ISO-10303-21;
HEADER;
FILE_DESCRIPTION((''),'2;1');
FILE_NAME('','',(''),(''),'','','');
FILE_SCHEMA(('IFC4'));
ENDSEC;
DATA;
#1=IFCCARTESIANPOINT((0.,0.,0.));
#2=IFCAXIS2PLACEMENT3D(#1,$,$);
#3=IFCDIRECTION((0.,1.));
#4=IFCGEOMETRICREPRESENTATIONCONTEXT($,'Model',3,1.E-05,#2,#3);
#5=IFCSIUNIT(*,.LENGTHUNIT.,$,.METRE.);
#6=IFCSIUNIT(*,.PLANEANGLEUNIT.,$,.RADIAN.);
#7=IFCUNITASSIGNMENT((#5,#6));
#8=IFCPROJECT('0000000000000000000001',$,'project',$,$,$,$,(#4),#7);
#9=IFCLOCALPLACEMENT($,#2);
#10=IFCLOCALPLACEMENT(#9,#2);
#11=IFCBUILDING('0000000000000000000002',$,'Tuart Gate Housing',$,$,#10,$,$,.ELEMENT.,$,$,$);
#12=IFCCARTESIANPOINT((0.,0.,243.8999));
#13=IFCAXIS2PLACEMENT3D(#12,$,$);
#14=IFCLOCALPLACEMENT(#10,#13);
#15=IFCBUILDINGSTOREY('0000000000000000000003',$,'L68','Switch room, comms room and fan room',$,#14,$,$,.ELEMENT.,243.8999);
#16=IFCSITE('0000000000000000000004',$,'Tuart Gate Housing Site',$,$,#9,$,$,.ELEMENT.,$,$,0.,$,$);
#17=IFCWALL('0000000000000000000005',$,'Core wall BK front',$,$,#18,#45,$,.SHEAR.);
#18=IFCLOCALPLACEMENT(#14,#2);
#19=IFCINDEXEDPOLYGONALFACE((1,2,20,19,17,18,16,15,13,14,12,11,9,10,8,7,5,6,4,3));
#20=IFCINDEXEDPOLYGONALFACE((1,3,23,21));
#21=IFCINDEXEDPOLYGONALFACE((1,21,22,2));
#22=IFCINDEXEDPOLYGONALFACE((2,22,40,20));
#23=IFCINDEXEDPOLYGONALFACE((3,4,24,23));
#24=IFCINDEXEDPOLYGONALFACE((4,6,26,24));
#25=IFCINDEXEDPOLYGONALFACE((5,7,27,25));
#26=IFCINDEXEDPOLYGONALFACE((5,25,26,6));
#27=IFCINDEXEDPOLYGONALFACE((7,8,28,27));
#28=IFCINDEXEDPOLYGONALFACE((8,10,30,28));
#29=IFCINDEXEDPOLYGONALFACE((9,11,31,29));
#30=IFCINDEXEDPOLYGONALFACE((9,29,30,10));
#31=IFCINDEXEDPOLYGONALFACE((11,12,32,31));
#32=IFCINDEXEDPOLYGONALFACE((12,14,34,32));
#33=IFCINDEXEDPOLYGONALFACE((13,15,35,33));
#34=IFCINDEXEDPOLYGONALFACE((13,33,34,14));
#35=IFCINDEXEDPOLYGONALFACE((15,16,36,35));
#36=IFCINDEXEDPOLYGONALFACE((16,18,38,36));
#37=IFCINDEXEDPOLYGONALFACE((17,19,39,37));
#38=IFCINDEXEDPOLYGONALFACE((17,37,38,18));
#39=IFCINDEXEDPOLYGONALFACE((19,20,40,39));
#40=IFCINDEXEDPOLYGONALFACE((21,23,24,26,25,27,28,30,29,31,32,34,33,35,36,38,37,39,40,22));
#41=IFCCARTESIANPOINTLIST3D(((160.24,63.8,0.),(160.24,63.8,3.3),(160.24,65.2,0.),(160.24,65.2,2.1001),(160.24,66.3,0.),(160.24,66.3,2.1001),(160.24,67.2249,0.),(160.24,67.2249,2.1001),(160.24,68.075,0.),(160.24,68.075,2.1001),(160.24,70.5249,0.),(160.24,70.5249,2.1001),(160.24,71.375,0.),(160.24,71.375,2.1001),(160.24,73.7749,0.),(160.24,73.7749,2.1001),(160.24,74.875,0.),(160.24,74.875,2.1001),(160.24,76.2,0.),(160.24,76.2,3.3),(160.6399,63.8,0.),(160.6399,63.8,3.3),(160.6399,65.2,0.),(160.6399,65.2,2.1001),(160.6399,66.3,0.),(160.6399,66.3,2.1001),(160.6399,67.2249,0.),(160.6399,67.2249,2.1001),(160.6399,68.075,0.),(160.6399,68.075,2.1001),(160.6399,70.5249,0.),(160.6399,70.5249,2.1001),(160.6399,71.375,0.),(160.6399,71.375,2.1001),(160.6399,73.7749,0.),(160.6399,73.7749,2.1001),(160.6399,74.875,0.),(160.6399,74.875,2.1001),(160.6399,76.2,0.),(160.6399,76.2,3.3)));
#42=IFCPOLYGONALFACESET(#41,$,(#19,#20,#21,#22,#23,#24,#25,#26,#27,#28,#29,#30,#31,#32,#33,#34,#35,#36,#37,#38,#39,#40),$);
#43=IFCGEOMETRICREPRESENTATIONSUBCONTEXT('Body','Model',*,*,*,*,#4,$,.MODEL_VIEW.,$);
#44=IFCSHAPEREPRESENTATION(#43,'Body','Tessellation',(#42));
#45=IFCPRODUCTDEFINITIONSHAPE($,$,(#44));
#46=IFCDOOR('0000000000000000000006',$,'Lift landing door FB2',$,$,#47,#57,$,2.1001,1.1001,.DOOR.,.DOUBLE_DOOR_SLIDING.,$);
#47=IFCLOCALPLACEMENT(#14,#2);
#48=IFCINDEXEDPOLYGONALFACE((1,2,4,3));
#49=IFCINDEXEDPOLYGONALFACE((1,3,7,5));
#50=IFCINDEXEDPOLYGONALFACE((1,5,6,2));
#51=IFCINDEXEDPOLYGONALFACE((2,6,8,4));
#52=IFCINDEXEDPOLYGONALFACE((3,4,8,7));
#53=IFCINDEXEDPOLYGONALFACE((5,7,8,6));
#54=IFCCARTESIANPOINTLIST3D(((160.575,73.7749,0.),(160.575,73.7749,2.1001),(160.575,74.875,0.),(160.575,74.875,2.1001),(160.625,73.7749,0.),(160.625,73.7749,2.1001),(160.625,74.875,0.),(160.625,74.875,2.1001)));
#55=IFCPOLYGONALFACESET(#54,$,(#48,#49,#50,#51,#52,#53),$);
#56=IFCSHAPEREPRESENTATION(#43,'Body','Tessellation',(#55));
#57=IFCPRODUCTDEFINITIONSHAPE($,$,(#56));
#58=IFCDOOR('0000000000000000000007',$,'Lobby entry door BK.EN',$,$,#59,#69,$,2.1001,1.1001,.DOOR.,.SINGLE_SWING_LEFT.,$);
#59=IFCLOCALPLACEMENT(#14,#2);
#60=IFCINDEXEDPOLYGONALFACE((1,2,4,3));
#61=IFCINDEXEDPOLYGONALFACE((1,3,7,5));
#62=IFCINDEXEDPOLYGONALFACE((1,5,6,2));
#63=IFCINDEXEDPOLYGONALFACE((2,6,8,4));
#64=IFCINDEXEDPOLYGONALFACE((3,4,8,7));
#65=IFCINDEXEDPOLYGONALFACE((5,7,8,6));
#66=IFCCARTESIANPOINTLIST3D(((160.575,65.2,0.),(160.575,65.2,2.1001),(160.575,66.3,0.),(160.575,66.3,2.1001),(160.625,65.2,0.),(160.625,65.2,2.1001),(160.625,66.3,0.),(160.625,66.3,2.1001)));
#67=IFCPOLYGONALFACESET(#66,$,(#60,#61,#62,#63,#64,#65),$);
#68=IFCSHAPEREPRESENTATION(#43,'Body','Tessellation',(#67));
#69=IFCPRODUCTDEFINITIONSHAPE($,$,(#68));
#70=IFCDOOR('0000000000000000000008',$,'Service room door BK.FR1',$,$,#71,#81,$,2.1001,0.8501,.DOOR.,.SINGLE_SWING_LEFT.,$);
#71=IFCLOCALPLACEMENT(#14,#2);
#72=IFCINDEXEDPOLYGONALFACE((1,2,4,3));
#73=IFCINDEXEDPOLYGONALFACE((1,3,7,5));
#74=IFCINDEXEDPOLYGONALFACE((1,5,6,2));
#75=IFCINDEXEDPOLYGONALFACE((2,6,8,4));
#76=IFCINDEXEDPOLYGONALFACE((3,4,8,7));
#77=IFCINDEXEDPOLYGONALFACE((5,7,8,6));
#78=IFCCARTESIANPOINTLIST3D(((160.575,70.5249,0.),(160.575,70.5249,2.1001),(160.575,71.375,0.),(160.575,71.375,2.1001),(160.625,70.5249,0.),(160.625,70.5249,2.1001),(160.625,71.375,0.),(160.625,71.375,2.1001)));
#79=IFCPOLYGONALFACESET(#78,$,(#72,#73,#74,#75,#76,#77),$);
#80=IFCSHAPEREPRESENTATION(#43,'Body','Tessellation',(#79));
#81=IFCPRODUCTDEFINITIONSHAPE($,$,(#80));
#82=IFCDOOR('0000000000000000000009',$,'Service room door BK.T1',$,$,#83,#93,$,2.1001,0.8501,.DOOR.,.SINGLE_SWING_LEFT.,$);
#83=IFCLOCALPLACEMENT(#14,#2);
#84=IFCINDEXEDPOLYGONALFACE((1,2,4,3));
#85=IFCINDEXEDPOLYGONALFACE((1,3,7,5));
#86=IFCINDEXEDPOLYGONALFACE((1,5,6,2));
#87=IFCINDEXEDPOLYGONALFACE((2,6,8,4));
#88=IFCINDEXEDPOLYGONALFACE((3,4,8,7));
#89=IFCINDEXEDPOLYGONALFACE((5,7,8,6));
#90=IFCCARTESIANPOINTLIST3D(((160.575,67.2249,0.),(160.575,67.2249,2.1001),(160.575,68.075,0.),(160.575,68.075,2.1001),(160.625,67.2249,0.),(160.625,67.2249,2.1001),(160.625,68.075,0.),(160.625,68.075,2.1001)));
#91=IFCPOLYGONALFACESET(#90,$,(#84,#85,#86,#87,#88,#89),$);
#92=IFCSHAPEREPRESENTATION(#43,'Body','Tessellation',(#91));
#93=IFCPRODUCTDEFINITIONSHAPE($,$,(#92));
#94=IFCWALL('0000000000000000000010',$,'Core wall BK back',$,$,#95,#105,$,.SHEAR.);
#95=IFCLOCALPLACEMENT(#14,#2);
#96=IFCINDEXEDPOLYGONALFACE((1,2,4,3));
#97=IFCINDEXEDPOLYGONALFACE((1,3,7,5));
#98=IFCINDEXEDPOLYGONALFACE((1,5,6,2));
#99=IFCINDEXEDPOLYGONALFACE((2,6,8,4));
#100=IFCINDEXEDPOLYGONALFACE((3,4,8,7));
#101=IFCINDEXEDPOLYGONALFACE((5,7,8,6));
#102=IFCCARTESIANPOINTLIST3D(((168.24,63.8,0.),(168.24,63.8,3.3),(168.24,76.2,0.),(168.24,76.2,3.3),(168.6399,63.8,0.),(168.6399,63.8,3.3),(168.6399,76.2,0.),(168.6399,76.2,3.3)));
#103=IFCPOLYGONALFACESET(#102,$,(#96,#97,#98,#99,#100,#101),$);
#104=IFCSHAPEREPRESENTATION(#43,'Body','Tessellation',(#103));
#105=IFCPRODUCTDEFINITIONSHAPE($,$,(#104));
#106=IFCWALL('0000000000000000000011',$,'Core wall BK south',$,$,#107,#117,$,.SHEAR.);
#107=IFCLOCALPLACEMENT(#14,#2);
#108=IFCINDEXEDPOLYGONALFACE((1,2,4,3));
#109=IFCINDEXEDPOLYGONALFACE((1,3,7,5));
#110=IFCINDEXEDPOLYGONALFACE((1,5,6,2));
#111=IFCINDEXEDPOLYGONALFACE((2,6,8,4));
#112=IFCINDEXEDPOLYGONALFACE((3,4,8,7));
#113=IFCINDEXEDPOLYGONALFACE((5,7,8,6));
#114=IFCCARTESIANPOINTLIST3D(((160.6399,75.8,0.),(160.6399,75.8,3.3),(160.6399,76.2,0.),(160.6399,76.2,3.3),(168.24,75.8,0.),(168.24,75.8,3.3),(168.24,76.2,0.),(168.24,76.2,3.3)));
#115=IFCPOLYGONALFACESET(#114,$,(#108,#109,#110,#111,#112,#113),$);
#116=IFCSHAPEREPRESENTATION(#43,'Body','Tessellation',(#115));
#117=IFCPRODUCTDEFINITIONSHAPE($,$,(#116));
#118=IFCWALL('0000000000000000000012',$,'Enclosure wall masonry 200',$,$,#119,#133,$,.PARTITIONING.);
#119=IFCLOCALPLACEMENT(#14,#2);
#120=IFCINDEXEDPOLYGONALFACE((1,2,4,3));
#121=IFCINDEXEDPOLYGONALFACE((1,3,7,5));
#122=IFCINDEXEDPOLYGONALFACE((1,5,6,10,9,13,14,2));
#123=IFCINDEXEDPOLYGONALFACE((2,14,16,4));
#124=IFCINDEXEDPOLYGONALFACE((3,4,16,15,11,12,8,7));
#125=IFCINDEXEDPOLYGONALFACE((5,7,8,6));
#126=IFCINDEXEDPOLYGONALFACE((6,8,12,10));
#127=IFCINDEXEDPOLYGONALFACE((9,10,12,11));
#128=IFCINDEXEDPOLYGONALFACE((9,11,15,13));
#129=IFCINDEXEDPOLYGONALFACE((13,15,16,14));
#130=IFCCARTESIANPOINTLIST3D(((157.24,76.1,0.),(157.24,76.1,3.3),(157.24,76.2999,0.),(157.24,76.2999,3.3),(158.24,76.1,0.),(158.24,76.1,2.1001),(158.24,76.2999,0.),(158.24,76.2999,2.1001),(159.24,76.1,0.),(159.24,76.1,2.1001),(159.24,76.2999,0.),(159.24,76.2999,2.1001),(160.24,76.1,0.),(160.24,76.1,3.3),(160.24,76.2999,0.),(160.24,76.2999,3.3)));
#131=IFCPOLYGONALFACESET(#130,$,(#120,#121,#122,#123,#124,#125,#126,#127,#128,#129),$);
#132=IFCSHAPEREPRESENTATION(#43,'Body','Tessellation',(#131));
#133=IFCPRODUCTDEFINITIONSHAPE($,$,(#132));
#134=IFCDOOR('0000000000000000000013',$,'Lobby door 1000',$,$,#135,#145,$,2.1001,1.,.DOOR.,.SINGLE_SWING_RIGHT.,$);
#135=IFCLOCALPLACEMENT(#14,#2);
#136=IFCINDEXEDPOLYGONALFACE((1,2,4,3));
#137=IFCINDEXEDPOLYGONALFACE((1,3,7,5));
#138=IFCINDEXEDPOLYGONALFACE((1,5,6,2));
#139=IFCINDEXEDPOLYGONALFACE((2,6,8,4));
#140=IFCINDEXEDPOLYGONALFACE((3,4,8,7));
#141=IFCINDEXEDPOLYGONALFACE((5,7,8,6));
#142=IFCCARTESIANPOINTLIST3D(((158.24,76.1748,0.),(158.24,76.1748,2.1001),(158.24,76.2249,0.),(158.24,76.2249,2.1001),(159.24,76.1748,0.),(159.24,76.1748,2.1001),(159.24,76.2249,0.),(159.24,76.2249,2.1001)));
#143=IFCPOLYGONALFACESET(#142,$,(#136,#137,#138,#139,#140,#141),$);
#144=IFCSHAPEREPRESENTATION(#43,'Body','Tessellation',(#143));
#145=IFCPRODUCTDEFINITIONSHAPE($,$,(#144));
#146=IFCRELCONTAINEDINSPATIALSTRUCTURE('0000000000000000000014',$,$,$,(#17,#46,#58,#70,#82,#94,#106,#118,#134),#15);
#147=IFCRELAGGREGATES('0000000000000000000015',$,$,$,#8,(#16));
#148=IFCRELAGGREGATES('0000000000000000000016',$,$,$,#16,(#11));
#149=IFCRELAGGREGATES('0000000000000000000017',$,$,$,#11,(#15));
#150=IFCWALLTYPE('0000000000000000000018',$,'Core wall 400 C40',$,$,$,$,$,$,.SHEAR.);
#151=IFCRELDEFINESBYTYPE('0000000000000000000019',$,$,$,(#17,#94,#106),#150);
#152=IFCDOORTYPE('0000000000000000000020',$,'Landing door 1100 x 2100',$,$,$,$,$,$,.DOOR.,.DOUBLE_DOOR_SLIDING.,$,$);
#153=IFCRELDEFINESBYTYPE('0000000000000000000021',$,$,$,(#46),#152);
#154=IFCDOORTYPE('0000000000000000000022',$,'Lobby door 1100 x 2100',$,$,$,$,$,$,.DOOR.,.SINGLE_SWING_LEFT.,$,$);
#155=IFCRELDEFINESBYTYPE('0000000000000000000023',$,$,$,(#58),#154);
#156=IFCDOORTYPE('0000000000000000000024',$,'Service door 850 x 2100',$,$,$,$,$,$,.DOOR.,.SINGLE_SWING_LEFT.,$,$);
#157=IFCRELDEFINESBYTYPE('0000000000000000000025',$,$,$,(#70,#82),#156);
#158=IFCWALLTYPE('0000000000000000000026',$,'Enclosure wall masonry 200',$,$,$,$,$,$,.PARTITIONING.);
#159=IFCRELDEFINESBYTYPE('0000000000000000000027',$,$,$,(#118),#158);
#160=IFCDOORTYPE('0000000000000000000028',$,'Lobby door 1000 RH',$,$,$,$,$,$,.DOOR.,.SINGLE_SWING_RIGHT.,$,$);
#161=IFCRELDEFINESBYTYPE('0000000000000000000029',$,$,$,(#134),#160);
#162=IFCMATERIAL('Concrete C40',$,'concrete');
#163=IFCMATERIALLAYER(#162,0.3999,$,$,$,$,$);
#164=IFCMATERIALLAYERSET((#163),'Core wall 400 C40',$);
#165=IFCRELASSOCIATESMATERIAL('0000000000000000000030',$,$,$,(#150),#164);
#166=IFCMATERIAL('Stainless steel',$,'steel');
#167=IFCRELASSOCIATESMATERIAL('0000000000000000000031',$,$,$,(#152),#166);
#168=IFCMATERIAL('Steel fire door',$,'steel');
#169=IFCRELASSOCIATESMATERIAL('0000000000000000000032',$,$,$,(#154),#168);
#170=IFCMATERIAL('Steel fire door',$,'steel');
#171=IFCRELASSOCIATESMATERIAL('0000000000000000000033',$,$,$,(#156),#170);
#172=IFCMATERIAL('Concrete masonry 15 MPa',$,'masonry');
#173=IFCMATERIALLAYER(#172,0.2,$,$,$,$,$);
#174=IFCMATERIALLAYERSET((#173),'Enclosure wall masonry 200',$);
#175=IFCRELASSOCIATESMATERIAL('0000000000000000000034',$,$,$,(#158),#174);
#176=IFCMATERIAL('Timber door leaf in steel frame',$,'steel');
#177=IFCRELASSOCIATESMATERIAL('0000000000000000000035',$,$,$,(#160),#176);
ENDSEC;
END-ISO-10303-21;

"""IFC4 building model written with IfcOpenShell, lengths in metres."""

from ifc_helpers import new_model, si_unit, direction, frame, frame_2d, origin, place, context, subcontext, project, spatial, rectangle, extrude, material, layer, layer_set, type_object, element, fill, save


model = new_model("IFC4")

# Units and contexts
model_context = context("Model", 3, precision=1e-05, world=origin(), true_north=direction((0.0, 1.0)))
body_context = subcontext(model_context, "Body", "Model", "MODEL_VIEW")
ifc_project = project(units=[si_unit("LENGTHUNIT", "METRE"), si_unit("PLANEANGLEUNIT", "RADIAN")], contexts=[model_context])

# Site, building, storey
site_placement = place(None, origin())
site = spatial("IfcSite", under=ifc_project, at=site_placement, Name="Tuart Gate Housing Site", CompositionType="ELEMENT", RefElevation=0.0)
building_placement = place(site_placement, origin())
building = spatial("IfcBuilding", under=site, at=building_placement, Name="Tuart Gate Housing", CompositionType="ELEMENT")
storey_placement = place(building_placement, frame((0.0, 0.0, 243.8999)))
storey = spatial("IfcBuildingStorey", under=building, at=storey_placement, Name="L68", Description="Switch room, comms room and fan room", CompositionType="ELEMENT", Elevation=243.8999)

# Wall, openings, doors
ifc_material_1 = material(Name="Concrete C40", Category="concrete")
ifc_layer_1 = layer(ifc_material_1, 0.3999)
ifc_layer_set_1 = layer_set([ifc_layer_1], Name="Core wall 400 C40")
wall_type_1 = type_object("IfcWallType", Name="Core wall 400 C40", PredefinedType="SHEAR", material=ifc_layer_set_1)
wall_1_placement = place(storey_placement, frame((160.4399, 76.2, 0.0), z_axis=(0.0, 0.0, 1.0), x_axis=(0.0, -1.0, 0.0)))
wall_1 = element("IfcWall", 1, at=wall_1_placement, inside=storey, type_object=wall_type_1, Name="Core wall BK front", PredefinedType="SHEAR", context=body_context, shape_type="SweptSolid", body=[
    extrude(rectangle(XDim=12.3999, YDim=0.3999, at=frame_2d((6.2, 0.0))), origin(), (0.0, 0.0, 1.0), 3.3),
])
opening_1_placement = place(wall_1_placement, frame((1.325, 0.0, 0.0)))
opening_1 = element("IfcOpeningElement", 2, at=opening_1_placement, cuts=wall_1, PredefinedType="OPENING", context=body_context, shape_type="SweptSolid", body=[
    extrude(rectangle(XDim=1.1001, YDim=2.1001, at=frame_2d((0.55, 1.05))), frame((0.0, 0.21, 0.0), z_axis=(0.0, -1.0, 0.0), x_axis=(1.0, 0.0, 0.0)), (0.0, 0.0, 1.0), 0.4199),
])
opening_2_placement = place(wall_1_placement, frame((4.825, 0.0, 0.0)))
opening_2 = element("IfcOpeningElement", 3, at=opening_2_placement, cuts=wall_1, PredefinedType="OPENING", context=body_context, shape_type="SweptSolid", body=[
    extrude(rectangle(XDim=0.8501, YDim=2.1001, at=frame_2d((0.425, 1.05))), frame((0.0, 0.21, 0.0), z_axis=(0.0, -1.0, 0.0), x_axis=(1.0, 0.0, 0.0)), (0.0, 0.0, 1.0), 0.4199),
])
opening_3_placement = place(wall_1_placement, frame((9.8999, 0.0, 0.0)))
opening_3 = element("IfcOpeningElement", 4, at=opening_3_placement, cuts=wall_1, PredefinedType="OPENING", context=body_context, shape_type="SweptSolid", body=[
    extrude(rectangle(XDim=1.1001, YDim=2.1001, at=frame_2d((0.55, 1.05))), frame((0.0, 0.21, 0.0), z_axis=(0.0, -1.0, 0.0), x_axis=(1.0, 0.0, 0.0)), (0.0, 0.0, 1.0), 0.4199),
])
opening_4_placement = place(wall_1_placement, frame((8.125, 0.0, 0.0)))
opening_4 = element("IfcOpeningElement", 5, at=opening_4_placement, cuts=wall_1, PredefinedType="OPENING", context=body_context, shape_type="SweptSolid", body=[
    extrude(rectangle(XDim=0.8501, YDim=2.1001, at=frame_2d((0.425, 1.05))), frame((0.0, 0.21, 0.0), z_axis=(0.0, -1.0, 0.0), x_axis=(1.0, 0.0, 0.0)), (0.0, 0.0, 1.0), 0.4199),
])
ifc_material_2 = material(Name="Stainless steel", Category="steel")
door_type_1 = type_object("IfcDoorType", Name="Landing door 1100 x 2100", OperationType="DOUBLE_DOOR_SLIDING", PredefinedType="DOOR", material=ifc_material_2)
door_1_placement = place(opening_1_placement, origin())
door_1 = element("IfcDoor", 6, at=door_1_placement, inside=storey, type_object=door_type_1, Name="Lift landing door FB2", OperationType="DOUBLE_DOOR_SLIDING", OverallHeight=2.1001, OverallWidth=1.1001, PredefinedType="DOOR", context=body_context, shape_type="SweptSolid", body=[
    extrude(rectangle(XDim=1.1001, YDim=2.1001, at=frame_2d((0.55, 1.05))), frame((0.0, 0.1851, 0.0), z_axis=(0.0, -1.0, 0.0), x_axis=(1.0, 0.0, 0.0)), (0.0, 0.0, 1.0), 0.05),
])
fill(opening_1, door_1)
ifc_material_3 = material(Name="Steel fire door", Category="steel")
door_type_2 = type_object("IfcDoorType", Name="Lobby door 1100 x 2100", OperationType="SINGLE_SWING_LEFT", PredefinedType="DOOR", material=ifc_material_3)
door_2_placement = place(opening_3_placement, origin())
door_2 = element("IfcDoor", 7, at=door_2_placement, inside=storey, type_object=door_type_2, Name="Lobby entry door BK.EN", OperationType="SINGLE_SWING_LEFT", OverallHeight=2.1001, OverallWidth=1.1001, PredefinedType="DOOR", context=body_context, shape_type="SweptSolid", body=[
    extrude(rectangle(XDim=1.1001, YDim=2.1001, at=frame_2d((0.55, 1.05))), frame((0.0, 0.1851, 0.0), z_axis=(0.0, -1.0, 0.0), x_axis=(1.0, 0.0, 0.0)), (0.0, 0.0, 1.0), 0.05),
])
fill(opening_3, door_2)
ifc_material_4 = material(Name="Steel fire door", Category="steel")
door_type_3 = type_object("IfcDoorType", Name="Service door 850 x 2100", OperationType="SINGLE_SWING_LEFT", PredefinedType="DOOR", material=ifc_material_4)
door_3_placement = place(opening_2_placement, origin())
door_3 = element("IfcDoor", 8, at=door_3_placement, inside=storey, type_object=door_type_3, Name="Service room door BK.FR1", OperationType="SINGLE_SWING_LEFT", OverallHeight=2.1001, OverallWidth=0.8501, PredefinedType="DOOR", context=body_context, shape_type="SweptSolid", body=[
    extrude(rectangle(XDim=0.8501, YDim=2.1001, at=frame_2d((0.425, 1.05))), frame((0.0, 0.1851, 0.0), z_axis=(0.0, -1.0, 0.0), x_axis=(1.0, 0.0, 0.0)), (0.0, 0.0, 1.0), 0.05),
])
fill(opening_2, door_3)
door_4_placement = place(opening_4_placement, origin())
door_4 = element("IfcDoor", 9, at=door_4_placement, inside=storey, type_object=door_type_3, Name="Service room door BK.T1", OperationType="SINGLE_SWING_LEFT", OverallHeight=2.1001, OverallWidth=0.8501, PredefinedType="DOOR", context=body_context, shape_type="SweptSolid", body=[
    extrude(rectangle(XDim=0.8501, YDim=2.1001, at=frame_2d((0.425, 1.05))), frame((0.0, 0.1851, 0.0), z_axis=(0.0, -1.0, 0.0), x_axis=(1.0, 0.0, 0.0)), (0.0, 0.0, 1.0), 0.05),
])
fill(opening_4, door_4)

# Walls
wall_2_placement = place(storey_placement, frame((168.4399, 76.2, 0.0), z_axis=(0.0, 0.0, 1.0), x_axis=(0.0, -1.0, 0.0)))
element("IfcWall", 10, at=wall_2_placement, inside=storey, type_object=wall_type_1, Name="Core wall BK back", PredefinedType="SHEAR", context=body_context, shape_type="SweptSolid", body=[
    extrude(rectangle(XDim=12.3999, YDim=0.3999, at=frame_2d((6.2, 0.0))), origin(), (0.0, 0.0, 1.0), 3.3),
])
wall_3_placement = place(storey_placement, frame((160.6399, 76.0, 0.0), z_axis=(0.0, 0.0, 1.0), x_axis=(1.0, 0.0, 0.0)))
element("IfcWall", 11, at=wall_3_placement, inside=storey, type_object=wall_type_1, Name="Core wall BK south", PredefinedType="SHEAR", context=body_context, shape_type="SweptSolid", body=[
    extrude(rectangle(XDim=7.6001, YDim=0.3999, at=frame_2d((3.8, 0.0))), origin(), (0.0, 0.0, 1.0), 3.3),
])

# Wall, opening, door
ifc_material_5 = material(Name="Concrete masonry 15 MPa", Category="masonry")
ifc_layer_2 = layer(ifc_material_5, 0.2)
ifc_layer_set_2 = layer_set([ifc_layer_2], Name="Enclosure wall masonry 200")
wall_type_2 = type_object("IfcWallType", Name="Enclosure wall masonry 200", PredefinedType="PARTITIONING", material=ifc_layer_set_2)
wall_4_placement = place(storey_placement, frame((157.24, 76.2, 0.0), z_axis=(0.0, 0.0, 1.0), x_axis=(1.0, 0.0, 0.0)))
wall_4 = element("IfcWall", 12, at=wall_4_placement, inside=storey, type_object=wall_type_2, Name="Enclosure wall masonry 200", PredefinedType="PARTITIONING", context=body_context, shape_type="SweptSolid", body=[
    extrude(rectangle(XDim=3.0, YDim=0.2, at=frame_2d((1.5, 0.0))), origin(), (0.0, 0.0, 1.0), 3.3),
])
opening_5_placement = place(wall_4_placement, frame((1.0, 0.0, 0.0)))
opening_5 = element("IfcOpeningElement", 13, at=opening_5_placement, cuts=wall_4, PredefinedType="OPENING", context=body_context, shape_type="SweptSolid", body=[
    extrude(rectangle(XDim=1.0, YDim=2.1001, at=frame_2d((0.5, 1.05))), frame((0.0, 0.1099, 0.0), z_axis=(0.0, -1.0, 0.0), x_axis=(1.0, 0.0, 0.0)), (0.0, 0.0, 1.0), 0.22),
])
ifc_material_6 = material(Name="Timber door leaf in steel frame", Category="steel")
door_type_4 = type_object("IfcDoorType", Name="Lobby door 1000 RH", OperationType="SINGLE_SWING_RIGHT", PredefinedType="DOOR", material=ifc_material_6)
door_5_placement = place(opening_5_placement, frame((1.0, 0.0, 0.0), z_axis=(0.0, 0.0, 1.0), x_axis=(-1.0, 0.0, 0.0)))
door_5 = element("IfcDoor", 14, at=door_5_placement, inside=storey, type_object=door_type_4, Name="Lobby door 1000", OperationType="SINGLE_SWING_RIGHT", OverallHeight=2.1001, OverallWidth=1.0, PredefinedType="DOOR", context=body_context, shape_type="SweptSolid", body=[
    extrude(rectangle(XDim=1.0, YDim=2.1001, at=frame_2d((0.5, 1.05))), frame((0.0, 0.0251, 0.0), z_axis=(0.0, -1.0, 0.0), x_axis=(1.0, 0.0, 0.0)), (0.0, 0.0, 1.0), 0.05),
])
fill(opening_5, door_5)

save(model, "model.ifc")
